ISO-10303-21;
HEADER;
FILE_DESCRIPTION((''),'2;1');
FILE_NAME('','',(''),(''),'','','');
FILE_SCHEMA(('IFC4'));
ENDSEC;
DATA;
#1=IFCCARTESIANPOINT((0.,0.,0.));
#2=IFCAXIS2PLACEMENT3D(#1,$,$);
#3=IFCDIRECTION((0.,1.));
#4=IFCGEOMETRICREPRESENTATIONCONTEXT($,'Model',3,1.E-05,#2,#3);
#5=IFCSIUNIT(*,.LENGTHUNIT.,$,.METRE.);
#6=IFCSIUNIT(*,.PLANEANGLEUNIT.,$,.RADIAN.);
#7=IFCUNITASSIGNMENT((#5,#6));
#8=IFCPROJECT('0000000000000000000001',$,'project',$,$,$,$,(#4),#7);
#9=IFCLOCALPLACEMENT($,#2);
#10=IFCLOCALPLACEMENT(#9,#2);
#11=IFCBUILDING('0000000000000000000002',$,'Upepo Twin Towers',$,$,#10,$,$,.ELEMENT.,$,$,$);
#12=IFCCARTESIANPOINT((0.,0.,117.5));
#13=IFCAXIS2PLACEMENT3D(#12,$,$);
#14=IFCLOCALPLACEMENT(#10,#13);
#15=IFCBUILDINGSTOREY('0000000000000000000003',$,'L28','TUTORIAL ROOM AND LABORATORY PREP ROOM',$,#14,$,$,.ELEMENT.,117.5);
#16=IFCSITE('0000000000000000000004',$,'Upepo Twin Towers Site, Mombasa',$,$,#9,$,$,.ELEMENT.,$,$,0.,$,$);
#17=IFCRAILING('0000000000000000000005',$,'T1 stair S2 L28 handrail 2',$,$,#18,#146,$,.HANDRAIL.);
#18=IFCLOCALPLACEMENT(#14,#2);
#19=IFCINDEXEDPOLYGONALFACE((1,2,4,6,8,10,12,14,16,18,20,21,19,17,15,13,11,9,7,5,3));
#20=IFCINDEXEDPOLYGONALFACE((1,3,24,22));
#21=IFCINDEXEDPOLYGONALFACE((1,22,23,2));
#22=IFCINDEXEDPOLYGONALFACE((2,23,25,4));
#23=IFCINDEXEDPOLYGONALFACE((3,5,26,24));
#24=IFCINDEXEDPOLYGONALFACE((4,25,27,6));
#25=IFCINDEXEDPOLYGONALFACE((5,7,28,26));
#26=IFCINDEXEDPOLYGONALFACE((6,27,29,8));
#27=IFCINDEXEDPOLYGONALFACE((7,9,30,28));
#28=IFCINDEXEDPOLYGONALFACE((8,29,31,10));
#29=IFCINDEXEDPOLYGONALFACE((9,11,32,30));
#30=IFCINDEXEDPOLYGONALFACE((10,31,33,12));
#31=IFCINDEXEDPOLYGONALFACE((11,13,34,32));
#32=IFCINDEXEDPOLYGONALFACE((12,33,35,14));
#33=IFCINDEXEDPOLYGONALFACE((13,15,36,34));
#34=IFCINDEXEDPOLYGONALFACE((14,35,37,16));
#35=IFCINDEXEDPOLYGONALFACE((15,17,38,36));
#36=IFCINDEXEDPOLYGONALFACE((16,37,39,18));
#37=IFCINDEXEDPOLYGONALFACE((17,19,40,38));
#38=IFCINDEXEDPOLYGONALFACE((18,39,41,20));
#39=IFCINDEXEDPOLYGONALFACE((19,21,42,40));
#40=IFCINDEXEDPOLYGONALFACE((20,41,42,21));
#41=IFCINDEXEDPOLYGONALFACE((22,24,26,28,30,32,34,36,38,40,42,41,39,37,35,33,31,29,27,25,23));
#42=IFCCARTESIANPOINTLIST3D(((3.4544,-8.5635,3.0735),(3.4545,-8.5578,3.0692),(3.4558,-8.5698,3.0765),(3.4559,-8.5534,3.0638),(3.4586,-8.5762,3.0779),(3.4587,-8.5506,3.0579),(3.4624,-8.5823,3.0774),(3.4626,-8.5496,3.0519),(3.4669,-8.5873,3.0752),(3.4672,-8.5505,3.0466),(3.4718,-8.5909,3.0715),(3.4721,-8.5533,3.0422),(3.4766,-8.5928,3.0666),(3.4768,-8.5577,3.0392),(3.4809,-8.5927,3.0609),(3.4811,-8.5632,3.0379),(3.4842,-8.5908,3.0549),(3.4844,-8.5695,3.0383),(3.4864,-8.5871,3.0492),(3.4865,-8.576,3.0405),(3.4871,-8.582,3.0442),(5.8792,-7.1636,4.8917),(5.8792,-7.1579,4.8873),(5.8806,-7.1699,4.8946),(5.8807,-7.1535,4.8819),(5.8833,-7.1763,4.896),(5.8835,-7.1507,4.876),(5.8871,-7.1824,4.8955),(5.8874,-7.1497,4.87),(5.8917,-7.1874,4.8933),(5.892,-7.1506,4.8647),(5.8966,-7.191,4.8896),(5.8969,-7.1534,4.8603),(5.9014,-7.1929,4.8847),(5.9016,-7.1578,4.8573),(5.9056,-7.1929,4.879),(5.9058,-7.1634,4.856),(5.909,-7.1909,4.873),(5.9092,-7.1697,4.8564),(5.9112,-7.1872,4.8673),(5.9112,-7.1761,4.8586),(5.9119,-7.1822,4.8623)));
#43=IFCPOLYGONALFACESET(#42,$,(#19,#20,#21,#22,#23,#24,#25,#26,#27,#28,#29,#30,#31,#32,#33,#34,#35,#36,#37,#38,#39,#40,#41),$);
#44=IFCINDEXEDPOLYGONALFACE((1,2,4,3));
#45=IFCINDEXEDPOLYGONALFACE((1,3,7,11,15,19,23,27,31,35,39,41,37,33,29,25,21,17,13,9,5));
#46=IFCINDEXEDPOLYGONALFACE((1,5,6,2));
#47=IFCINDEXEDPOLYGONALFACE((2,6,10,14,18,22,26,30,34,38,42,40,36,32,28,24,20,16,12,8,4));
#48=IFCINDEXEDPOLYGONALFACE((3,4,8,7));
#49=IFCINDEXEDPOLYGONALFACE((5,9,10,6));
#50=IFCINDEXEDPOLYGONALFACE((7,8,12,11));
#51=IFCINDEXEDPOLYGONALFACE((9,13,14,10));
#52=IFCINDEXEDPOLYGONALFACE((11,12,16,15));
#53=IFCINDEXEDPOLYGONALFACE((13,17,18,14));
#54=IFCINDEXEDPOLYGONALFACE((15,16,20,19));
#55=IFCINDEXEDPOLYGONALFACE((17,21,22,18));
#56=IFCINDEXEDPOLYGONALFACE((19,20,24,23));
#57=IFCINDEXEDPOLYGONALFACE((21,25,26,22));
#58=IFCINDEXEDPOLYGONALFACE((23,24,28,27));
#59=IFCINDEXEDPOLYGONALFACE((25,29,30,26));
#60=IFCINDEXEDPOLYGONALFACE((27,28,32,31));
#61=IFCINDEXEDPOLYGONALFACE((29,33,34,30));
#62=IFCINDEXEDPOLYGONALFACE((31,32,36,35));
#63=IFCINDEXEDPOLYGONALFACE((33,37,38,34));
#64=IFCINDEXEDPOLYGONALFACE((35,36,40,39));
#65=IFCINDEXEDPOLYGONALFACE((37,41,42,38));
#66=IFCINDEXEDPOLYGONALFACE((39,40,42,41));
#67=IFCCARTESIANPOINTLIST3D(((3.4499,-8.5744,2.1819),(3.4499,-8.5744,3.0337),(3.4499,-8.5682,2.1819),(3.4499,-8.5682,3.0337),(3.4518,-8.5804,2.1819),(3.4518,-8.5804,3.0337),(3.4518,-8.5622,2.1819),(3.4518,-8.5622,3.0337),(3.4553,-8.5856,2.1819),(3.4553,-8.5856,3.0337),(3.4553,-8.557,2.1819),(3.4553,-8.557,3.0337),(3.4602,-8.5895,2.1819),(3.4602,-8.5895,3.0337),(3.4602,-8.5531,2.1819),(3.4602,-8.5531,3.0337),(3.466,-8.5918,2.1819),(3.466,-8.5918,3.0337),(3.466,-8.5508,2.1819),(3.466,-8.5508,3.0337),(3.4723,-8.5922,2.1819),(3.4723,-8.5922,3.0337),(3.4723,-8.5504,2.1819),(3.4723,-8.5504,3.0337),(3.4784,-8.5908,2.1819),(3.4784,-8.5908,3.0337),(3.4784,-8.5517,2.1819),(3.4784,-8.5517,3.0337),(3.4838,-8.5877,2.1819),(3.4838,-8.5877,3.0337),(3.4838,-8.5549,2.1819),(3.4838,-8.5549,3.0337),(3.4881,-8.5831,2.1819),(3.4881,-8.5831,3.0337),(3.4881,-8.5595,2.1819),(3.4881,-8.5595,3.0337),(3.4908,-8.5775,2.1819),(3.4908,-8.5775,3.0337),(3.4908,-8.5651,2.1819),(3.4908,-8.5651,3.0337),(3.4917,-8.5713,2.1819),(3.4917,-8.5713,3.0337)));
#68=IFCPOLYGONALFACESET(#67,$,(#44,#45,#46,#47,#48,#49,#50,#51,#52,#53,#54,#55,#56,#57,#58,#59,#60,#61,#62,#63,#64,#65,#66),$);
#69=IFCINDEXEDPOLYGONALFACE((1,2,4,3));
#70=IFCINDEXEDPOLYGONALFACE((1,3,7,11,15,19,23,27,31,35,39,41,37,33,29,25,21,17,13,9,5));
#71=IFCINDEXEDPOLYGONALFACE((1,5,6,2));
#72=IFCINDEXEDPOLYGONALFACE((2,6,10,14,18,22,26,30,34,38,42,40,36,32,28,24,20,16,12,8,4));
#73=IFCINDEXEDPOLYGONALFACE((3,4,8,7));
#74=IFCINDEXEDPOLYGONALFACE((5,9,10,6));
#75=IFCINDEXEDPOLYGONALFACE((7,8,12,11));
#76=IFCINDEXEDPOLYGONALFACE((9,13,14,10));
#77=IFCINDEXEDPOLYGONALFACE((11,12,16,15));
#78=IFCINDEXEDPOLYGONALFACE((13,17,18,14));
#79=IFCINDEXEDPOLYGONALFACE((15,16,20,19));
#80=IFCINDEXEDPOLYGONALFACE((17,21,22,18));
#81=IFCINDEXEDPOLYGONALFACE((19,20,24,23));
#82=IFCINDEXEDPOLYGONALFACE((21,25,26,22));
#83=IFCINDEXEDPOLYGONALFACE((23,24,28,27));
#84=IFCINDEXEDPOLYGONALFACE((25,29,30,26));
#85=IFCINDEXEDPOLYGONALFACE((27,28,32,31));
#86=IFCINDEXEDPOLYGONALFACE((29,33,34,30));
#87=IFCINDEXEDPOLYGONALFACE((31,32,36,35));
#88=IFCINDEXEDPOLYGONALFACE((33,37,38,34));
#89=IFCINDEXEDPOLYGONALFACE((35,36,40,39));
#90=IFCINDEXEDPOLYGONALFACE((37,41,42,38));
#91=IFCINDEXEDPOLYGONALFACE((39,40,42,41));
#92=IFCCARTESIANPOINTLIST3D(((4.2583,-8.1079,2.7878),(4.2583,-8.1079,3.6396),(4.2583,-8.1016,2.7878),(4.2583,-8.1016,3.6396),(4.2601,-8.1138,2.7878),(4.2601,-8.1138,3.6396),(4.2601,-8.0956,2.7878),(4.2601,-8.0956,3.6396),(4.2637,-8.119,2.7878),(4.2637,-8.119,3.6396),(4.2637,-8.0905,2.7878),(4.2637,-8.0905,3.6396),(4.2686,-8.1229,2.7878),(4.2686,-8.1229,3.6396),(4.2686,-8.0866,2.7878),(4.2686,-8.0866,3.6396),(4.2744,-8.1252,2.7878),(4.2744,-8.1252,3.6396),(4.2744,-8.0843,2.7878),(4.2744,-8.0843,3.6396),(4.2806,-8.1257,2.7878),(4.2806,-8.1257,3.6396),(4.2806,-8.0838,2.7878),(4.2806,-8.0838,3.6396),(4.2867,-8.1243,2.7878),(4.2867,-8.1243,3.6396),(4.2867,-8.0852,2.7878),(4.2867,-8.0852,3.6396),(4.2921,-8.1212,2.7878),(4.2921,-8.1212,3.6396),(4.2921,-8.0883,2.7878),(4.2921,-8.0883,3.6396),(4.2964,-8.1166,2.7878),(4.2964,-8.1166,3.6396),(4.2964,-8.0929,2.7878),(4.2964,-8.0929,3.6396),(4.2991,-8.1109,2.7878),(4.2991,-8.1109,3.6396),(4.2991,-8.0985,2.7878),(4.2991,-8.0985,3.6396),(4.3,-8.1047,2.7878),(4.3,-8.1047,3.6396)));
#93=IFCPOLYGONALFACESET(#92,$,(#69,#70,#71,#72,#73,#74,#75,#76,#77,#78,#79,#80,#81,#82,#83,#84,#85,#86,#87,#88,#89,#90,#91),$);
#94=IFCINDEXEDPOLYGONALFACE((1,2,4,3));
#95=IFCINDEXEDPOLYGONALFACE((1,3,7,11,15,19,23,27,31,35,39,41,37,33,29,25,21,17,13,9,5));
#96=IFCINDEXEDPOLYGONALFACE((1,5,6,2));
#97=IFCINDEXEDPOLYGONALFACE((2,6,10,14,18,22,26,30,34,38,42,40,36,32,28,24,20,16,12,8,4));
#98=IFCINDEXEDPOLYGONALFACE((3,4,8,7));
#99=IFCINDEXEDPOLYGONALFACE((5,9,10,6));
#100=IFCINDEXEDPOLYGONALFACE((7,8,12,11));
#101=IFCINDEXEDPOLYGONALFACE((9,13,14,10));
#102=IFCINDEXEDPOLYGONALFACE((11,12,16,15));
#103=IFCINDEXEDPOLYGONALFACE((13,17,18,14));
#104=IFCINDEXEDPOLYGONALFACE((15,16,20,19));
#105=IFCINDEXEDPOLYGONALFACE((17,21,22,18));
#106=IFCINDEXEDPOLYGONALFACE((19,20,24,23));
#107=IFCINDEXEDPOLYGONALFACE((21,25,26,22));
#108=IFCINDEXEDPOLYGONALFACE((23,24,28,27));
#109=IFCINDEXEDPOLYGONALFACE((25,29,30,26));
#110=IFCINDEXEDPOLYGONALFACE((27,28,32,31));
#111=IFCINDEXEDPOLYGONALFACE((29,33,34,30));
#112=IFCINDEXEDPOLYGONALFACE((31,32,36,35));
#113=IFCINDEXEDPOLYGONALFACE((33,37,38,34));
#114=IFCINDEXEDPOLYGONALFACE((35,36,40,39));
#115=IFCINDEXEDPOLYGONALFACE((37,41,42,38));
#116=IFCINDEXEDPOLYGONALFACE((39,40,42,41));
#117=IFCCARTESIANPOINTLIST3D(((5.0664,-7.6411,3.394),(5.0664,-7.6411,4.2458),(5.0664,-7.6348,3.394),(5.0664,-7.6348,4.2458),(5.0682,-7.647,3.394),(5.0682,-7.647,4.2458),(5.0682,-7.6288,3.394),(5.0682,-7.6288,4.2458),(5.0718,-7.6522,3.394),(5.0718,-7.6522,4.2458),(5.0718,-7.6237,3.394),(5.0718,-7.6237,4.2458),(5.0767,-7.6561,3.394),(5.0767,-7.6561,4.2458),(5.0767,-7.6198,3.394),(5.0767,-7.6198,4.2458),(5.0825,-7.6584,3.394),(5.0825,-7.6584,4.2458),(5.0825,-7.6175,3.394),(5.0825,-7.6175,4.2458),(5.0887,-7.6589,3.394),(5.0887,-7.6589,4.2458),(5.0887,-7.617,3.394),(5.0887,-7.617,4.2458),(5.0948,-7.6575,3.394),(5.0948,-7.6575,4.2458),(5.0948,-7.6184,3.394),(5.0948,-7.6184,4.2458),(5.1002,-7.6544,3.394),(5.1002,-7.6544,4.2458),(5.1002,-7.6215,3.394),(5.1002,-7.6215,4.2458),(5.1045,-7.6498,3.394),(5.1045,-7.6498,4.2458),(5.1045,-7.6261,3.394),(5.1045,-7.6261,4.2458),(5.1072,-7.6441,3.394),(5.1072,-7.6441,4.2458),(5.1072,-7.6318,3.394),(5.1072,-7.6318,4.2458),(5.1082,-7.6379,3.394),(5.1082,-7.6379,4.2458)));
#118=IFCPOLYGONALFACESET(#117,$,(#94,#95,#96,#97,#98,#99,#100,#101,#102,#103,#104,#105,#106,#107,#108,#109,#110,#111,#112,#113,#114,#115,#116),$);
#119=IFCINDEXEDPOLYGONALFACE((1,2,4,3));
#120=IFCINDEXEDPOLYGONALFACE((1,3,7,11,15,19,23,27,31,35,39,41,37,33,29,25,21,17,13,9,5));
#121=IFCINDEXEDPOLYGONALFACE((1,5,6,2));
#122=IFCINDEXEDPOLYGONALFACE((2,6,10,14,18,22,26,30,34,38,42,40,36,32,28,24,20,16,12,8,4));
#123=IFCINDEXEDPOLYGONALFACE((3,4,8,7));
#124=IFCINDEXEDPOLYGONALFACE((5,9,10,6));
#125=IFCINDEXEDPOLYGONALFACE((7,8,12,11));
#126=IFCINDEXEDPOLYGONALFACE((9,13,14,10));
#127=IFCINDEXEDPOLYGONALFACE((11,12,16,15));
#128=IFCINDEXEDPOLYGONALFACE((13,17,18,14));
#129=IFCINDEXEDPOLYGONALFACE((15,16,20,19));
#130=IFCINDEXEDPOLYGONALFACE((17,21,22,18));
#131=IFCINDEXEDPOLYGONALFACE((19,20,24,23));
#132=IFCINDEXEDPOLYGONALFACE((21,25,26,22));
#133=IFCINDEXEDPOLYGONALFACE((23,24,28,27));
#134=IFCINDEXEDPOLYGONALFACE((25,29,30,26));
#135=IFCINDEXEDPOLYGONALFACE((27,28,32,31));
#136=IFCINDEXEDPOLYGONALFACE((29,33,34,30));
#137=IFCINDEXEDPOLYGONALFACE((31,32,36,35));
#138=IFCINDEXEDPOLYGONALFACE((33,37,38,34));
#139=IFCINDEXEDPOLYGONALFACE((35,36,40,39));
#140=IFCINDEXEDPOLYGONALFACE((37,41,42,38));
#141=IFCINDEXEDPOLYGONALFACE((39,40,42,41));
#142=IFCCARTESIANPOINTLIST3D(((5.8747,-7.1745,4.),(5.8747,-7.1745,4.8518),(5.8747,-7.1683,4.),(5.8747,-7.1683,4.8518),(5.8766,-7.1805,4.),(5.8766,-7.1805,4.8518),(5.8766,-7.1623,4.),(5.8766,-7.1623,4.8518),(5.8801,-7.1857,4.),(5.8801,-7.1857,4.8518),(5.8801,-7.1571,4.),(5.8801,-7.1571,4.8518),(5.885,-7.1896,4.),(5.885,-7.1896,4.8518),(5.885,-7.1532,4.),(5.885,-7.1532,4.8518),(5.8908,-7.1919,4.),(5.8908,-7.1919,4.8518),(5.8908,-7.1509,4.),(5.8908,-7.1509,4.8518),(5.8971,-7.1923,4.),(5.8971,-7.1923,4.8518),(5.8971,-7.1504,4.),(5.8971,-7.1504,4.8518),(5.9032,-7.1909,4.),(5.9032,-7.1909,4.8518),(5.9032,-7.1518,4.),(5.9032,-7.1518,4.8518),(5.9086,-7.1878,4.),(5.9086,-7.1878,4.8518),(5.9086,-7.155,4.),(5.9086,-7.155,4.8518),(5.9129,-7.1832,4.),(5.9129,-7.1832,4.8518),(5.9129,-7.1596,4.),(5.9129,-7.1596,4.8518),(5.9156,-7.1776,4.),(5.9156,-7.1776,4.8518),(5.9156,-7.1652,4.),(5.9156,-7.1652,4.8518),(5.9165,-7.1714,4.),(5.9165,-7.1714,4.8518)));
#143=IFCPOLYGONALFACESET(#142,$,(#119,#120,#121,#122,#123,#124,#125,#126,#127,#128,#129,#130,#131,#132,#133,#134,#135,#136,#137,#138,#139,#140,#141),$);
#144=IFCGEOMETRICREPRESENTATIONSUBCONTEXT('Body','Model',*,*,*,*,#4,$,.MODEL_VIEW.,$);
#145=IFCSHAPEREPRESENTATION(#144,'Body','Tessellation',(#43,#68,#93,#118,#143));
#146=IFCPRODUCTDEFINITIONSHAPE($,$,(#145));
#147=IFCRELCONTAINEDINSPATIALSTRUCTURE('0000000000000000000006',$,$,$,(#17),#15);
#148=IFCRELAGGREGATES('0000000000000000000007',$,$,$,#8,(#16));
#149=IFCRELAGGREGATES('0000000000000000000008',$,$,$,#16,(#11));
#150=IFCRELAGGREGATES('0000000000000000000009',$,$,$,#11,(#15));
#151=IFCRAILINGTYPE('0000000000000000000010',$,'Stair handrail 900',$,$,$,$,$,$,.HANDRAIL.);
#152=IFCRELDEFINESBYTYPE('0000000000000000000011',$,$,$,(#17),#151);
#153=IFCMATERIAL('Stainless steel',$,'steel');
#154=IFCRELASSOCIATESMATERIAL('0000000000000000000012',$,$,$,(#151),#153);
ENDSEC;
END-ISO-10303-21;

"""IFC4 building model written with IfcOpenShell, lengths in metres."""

from ifc_helpers import new_model, si_unit, direction, frame, origin, origin_2d, place, context, subcontext, project, spatial, circle, extrude, material, type_object, element, save


model = new_model("IFC4")

# Units and contexts
model_context = context("Model", 3, precision=1e-05, world=origin(), true_north=direction((0.0, 1.0)))
body_context = subcontext(model_context, "Body", "Model", "MODEL_VIEW")
ifc_project = project(units=[si_unit("LENGTHUNIT", "METRE"), si_unit("PLANEANGLEUNIT", "RADIAN")], contexts=[model_context])

# Site, building, storey
site_placement = place(None, origin())
site = spatial("IfcSite", under=ifc_project, at=site_placement, Name="Upepo Twin Towers Site, Mombasa", CompositionType="ELEMENT", RefElevation=0.0)
building_placement = place(site_placement, origin())
building = spatial("IfcBuilding", under=site, at=building_placement, Name="Upepo Twin Towers", CompositionType="ELEMENT")
storey_placement = place(building_placement, frame((0.0, 0.0, 117.5)))
storey = spatial("IfcBuildingStorey", under=building, at=storey_placement, Name="L28", Description="TUTORIAL ROOM AND LABORATORY PREP ROOM", CompositionType="ELEMENT", Elevation=117.5)

# Railing
ifc_material_1 = material(Name="Stainless steel", Category="steel")
railing_type = type_object("IfcRailingType", Name="Stair handrail 900", PredefinedType="HANDRAIL", material=ifc_material_1)
railing_1_placement = place(storey_placement, frame((3.4707, -8.5713, 2.1819)))
element("IfcRailing", 1, at=railing_1_placement, inside=storey, type_object=railing_type, Name="T1 stair S2 L28 handrail 2", PredefinedType="HANDRAIL", context=body_context, shape_type="SweptSolid", body=[
    extrude(circle(Radius=0.0239, at=origin_2d()), frame((0.0, 0.0, 0.876), z_axis=(0.726336, 0.419333, 0.544606), x_axis=(-0.499984, 0.866035, 0.0)), (0.0, 0.0, 1.0), 3.3384),
    extrude(circle(Radius=0.021, at=origin_2d()), origin(), (0.0, 0.0, 1.0), 0.8518),
    extrude(circle(Radius=0.021, at=origin_2d()), frame((0.8083, 0.4666, 0.606)), (0.0, 0.0, 1.0), 0.8518),
    extrude(circle(Radius=0.021, at=origin_2d()), frame((1.6165, 0.9333, 1.2122)), (0.0, 0.0, 1.0), 0.8518),
    extrude(circle(Radius=0.021, at=origin_2d()), frame((2.4248, 1.3999, 1.8181)), (0.0, 0.0, 1.0), 0.8518),
])

save(model, "model.ifc")
